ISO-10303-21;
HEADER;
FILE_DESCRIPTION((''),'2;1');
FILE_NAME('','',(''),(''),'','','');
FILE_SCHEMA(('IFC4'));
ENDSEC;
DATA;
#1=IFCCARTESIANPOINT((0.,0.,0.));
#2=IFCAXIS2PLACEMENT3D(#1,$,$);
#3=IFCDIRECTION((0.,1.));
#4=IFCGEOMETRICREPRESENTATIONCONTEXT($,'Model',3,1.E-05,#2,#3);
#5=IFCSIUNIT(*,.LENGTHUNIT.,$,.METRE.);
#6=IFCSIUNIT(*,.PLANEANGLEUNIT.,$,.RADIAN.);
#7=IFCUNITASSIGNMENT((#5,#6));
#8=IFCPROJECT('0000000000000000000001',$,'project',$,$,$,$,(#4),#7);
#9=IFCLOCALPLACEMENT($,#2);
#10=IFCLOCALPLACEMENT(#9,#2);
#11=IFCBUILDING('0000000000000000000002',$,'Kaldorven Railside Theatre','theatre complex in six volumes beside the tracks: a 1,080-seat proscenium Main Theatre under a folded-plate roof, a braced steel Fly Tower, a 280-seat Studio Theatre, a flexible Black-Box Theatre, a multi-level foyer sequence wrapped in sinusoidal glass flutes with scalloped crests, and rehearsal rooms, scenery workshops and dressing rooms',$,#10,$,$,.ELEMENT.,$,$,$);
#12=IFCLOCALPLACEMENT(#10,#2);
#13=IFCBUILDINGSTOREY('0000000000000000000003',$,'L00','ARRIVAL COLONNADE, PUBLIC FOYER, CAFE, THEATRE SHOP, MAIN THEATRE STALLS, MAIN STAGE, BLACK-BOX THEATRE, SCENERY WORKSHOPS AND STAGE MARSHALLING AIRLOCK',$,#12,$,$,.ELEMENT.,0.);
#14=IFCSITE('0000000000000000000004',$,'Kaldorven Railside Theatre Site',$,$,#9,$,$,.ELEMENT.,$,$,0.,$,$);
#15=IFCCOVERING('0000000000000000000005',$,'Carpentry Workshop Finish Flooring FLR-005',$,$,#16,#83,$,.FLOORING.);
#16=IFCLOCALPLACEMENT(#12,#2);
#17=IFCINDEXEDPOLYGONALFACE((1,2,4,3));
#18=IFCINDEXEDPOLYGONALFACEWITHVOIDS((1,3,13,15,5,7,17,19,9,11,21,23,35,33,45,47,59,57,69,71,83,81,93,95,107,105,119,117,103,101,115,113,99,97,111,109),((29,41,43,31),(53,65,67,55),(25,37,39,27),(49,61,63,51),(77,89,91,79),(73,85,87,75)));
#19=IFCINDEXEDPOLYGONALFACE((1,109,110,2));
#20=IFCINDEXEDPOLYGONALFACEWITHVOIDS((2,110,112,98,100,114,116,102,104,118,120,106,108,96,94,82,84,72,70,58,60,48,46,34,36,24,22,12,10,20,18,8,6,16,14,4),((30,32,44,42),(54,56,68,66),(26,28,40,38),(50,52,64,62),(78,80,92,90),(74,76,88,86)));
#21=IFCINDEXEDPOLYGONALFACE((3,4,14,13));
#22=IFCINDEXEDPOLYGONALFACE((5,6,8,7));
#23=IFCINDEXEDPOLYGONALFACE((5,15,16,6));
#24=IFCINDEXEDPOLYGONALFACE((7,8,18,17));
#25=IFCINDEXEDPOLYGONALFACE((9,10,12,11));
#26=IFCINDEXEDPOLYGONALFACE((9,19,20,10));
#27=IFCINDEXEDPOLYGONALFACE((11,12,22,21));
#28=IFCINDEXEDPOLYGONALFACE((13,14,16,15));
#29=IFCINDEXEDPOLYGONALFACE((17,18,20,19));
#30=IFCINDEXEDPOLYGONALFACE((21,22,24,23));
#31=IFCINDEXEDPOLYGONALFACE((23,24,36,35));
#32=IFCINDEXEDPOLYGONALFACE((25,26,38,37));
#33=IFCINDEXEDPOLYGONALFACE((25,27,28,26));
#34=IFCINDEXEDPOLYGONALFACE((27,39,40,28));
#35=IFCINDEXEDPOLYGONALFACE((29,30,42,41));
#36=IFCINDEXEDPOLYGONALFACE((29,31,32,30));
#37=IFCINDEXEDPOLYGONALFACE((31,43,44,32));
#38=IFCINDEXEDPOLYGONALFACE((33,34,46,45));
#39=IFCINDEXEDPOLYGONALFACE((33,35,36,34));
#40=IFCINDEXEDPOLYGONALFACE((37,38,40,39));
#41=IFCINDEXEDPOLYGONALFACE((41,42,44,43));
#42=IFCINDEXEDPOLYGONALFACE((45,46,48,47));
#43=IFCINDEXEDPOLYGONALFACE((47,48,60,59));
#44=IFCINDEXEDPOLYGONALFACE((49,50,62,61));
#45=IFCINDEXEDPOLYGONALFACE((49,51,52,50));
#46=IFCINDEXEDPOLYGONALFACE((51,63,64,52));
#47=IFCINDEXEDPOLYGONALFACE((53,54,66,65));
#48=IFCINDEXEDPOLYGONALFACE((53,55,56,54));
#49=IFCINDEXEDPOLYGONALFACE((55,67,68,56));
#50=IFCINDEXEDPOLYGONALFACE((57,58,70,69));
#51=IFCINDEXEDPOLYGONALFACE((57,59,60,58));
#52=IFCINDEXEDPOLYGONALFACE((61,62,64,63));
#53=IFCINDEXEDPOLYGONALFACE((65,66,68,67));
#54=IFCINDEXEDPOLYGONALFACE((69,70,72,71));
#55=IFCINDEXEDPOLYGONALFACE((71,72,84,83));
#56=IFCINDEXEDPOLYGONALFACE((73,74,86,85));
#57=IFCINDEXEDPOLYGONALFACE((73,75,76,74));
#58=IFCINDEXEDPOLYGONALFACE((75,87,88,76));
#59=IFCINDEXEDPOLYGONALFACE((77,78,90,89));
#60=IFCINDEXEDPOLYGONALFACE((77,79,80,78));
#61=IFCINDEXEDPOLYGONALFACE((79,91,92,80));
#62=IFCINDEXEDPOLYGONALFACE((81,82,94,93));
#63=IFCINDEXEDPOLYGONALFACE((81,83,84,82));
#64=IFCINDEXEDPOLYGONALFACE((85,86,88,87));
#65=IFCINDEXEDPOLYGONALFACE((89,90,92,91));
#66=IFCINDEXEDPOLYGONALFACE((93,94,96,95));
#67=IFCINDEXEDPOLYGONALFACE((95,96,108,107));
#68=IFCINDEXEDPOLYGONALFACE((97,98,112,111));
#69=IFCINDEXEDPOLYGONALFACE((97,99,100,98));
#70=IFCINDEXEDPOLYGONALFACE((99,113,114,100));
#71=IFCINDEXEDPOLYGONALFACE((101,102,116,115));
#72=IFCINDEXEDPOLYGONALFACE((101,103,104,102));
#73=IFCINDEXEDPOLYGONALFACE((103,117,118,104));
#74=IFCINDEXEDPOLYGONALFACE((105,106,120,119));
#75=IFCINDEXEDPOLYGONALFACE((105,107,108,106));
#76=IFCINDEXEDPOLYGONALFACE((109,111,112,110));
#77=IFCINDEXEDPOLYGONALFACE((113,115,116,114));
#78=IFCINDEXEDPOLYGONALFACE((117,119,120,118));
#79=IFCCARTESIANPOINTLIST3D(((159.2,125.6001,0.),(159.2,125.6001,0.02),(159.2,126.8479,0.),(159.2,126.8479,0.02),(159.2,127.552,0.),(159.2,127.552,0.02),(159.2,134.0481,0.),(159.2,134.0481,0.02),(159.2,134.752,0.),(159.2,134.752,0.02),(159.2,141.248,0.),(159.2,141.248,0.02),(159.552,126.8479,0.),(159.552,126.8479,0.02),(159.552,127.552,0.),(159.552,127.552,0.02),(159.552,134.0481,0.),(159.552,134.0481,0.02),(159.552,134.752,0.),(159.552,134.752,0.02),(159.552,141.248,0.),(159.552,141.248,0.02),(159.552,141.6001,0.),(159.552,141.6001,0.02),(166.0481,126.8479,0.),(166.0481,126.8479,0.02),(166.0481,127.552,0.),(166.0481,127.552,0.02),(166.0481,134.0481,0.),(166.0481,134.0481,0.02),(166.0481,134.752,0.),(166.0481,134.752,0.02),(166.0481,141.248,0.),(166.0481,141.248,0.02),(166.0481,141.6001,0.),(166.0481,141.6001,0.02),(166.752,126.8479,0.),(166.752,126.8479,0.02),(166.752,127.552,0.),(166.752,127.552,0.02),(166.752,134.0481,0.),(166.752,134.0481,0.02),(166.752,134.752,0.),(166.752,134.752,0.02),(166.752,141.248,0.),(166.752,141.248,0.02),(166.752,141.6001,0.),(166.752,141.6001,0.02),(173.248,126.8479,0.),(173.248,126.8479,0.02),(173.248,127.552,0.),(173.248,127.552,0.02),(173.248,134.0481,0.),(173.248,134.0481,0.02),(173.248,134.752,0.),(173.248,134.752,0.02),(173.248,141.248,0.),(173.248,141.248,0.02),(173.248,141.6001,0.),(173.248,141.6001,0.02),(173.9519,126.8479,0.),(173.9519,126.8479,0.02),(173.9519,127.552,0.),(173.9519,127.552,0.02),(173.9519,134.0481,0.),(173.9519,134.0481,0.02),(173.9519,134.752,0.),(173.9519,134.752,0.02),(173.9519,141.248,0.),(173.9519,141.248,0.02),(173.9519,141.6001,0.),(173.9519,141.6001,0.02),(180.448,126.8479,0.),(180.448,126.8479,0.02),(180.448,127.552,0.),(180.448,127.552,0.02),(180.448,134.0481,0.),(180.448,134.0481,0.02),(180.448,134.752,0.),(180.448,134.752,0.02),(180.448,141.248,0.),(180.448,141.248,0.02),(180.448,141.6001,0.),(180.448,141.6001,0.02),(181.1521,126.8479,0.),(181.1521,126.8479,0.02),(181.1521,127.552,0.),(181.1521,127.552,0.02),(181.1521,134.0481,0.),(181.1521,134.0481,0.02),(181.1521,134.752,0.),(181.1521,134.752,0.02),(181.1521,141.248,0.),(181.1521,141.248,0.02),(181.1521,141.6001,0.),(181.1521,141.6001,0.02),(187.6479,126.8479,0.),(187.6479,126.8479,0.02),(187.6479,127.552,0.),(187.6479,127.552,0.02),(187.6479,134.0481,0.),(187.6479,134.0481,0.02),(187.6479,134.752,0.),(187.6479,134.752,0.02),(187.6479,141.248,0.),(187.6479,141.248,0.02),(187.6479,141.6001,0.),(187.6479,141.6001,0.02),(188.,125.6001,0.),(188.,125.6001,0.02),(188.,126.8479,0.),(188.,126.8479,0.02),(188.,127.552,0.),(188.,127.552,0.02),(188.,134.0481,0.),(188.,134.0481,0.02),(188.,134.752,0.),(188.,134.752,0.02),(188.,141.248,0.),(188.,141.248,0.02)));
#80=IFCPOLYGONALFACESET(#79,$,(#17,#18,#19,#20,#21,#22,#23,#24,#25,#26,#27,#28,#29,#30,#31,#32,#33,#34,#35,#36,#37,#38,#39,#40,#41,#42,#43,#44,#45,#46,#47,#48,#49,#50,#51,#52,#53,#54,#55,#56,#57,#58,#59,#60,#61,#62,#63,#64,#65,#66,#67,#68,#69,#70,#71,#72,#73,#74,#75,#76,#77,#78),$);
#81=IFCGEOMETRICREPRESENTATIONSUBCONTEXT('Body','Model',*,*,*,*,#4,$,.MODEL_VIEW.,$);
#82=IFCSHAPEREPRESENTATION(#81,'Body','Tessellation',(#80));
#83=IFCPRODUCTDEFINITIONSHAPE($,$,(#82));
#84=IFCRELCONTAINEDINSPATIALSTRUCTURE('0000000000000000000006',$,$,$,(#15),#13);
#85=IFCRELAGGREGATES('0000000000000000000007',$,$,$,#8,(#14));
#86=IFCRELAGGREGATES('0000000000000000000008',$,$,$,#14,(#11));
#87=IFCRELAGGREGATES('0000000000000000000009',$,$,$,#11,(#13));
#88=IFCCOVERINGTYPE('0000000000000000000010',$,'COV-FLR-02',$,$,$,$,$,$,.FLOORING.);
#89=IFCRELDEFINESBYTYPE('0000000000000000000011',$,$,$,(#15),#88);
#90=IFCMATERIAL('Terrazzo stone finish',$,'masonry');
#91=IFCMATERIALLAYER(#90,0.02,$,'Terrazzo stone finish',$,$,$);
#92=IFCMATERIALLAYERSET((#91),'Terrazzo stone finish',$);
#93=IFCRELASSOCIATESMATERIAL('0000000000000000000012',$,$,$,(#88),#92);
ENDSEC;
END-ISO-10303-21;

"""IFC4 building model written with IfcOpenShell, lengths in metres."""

from ifc_helpers import new_model, si_unit, direction, origin, place, context, subcontext, project, spatial, polyline, outline, extrude, material, layer, layer_set, type_object, element, save


model = new_model("IFC4")

# Units and contexts
model_context = context("Model", 3, precision=1e-05, world=origin(), true_north=direction((0.0, 1.0)))
body_context = subcontext(model_context, "Body", "Model", "MODEL_VIEW")
ifc_project = project(units=[si_unit("LENGTHUNIT", "METRE"), si_unit("PLANEANGLEUNIT", "RADIAN")], contexts=[model_context])

# Site, building, storey
site_placement = place(None, origin())
site = spatial("IfcSite", under=ifc_project, at=site_placement, Name="Kaldorven Railside Theatre Site", CompositionType="ELEMENT", RefElevation=0.0)
building_placement = place(site_placement, origin())
building = spatial("IfcBuilding", under=site, at=building_placement, Name="Kaldorven Railside Theatre", Description="theatre complex in six volumes beside the tracks: a 1,080-seat proscenium Main Theatre under a folded-plate roof, a braced steel Fly Tower, a 280-seat Studio Theatre, a flexible Black-Box Theatre, a multi-level foyer sequence wrapped in sinusoidal glass flutes with scalloped crests, and rehearsal rooms, scenery workshops and dressing rooms", CompositionType="ELEMENT")
storey_placement = place(building_placement, origin())
storey = spatial("IfcBuildingStorey", under=building, at=storey_placement, Name="L00", Description="ARRIVAL COLONNADE, PUBLIC FOYER, CAFE, THEATRE SHOP, MAIN THEATRE STALLS, MAIN STAGE, BLACK-BOX THEATRE, SCENERY WORKSHOPS AND STAGE MARSHALLING AIRLOCK", CompositionType="ELEMENT", Elevation=0.0)

# Covering
ifc_material_1 = material(Name="Terrazzo stone finish", Category="masonry")
ifc_layer_1 = layer(ifc_material_1, 0.02, Name="Terrazzo stone finish")
ifc_layer_set_1 = layer_set([ifc_layer_1], Name="Terrazzo stone finish")
covering_type_1 = type_object("IfcCoveringType", Name="COV-FLR-02", PredefinedType="FLOORING", material=ifc_layer_set_1)
covering_1_placement = place(storey_placement, origin())
element("IfcCovering", 1, at=covering_1_placement, inside=storey, type_object=covering_type_1, Name="Carpentry Workshop Finish Flooring FLR-005", PredefinedType="FLOORING", context=body_context, shape_type="SweptSolid", body=[
    extrude(outline(polyline([(188.0, 125.6001), (159.2, 125.6001), (159.2, 126.8479), (159.552, 126.8479), (159.552, 127.552), (159.2, 127.552), (159.2, 134.0481), (159.552, 134.0481), (159.552, 134.752), (159.2, 134.752), (159.2, 141.248), (159.552, 141.248), (159.552, 141.6001), (166.0481, 141.6001), (166.0481, 141.248), (166.752, 141.248), (166.752, 141.6001), (173.248, 141.6001), (173.248, 141.248), (173.9519, 141.248), (173.9519, 141.6001), (180.448, 141.6001), (180.448, 141.248), (181.1521, 141.248), (181.1521, 141.6001), (187.6479, 141.6001), (187.6479, 141.248), (188.0, 141.248), (188.0, 134.752), (187.6479, 134.752), (187.6479, 134.0481), (188.0, 134.0481), (188.0, 127.552), (187.6479, 127.552), (187.6479, 126.8479), (188.0, 126.8479), (188.0, 125.6001)]), holes=[polyline([(181.1521, 127.552), (180.448, 127.552), (180.448, 126.8479), (181.1521, 126.8479), (181.1521, 127.552)]), polyline([(166.752, 127.552), (166.0481, 127.552), (166.0481, 126.8479), (166.752, 126.8479), (166.752, 127.552)]), polyline([(173.9519, 127.552), (173.248, 127.552), (173.248, 126.8479), (173.9519, 126.8479), (173.9519, 127.552)]), polyline([(181.1521, 134.752), (180.448, 134.752), (180.448, 134.0481), (181.1521, 134.0481), (181.1521, 134.752)]), polyline([(173.9519, 134.752), (173.248, 134.752), (173.248, 134.0481), (173.9519, 134.0481), (173.9519, 134.752)]), polyline([(166.752, 134.752), (166.0481, 134.752), (166.0481, 134.0481), (166.752, 134.0481), (166.752, 134.752)])]), origin(), (0.0, 0.0, 1.0), 0.02),
])

save(model, "model.ifc")
